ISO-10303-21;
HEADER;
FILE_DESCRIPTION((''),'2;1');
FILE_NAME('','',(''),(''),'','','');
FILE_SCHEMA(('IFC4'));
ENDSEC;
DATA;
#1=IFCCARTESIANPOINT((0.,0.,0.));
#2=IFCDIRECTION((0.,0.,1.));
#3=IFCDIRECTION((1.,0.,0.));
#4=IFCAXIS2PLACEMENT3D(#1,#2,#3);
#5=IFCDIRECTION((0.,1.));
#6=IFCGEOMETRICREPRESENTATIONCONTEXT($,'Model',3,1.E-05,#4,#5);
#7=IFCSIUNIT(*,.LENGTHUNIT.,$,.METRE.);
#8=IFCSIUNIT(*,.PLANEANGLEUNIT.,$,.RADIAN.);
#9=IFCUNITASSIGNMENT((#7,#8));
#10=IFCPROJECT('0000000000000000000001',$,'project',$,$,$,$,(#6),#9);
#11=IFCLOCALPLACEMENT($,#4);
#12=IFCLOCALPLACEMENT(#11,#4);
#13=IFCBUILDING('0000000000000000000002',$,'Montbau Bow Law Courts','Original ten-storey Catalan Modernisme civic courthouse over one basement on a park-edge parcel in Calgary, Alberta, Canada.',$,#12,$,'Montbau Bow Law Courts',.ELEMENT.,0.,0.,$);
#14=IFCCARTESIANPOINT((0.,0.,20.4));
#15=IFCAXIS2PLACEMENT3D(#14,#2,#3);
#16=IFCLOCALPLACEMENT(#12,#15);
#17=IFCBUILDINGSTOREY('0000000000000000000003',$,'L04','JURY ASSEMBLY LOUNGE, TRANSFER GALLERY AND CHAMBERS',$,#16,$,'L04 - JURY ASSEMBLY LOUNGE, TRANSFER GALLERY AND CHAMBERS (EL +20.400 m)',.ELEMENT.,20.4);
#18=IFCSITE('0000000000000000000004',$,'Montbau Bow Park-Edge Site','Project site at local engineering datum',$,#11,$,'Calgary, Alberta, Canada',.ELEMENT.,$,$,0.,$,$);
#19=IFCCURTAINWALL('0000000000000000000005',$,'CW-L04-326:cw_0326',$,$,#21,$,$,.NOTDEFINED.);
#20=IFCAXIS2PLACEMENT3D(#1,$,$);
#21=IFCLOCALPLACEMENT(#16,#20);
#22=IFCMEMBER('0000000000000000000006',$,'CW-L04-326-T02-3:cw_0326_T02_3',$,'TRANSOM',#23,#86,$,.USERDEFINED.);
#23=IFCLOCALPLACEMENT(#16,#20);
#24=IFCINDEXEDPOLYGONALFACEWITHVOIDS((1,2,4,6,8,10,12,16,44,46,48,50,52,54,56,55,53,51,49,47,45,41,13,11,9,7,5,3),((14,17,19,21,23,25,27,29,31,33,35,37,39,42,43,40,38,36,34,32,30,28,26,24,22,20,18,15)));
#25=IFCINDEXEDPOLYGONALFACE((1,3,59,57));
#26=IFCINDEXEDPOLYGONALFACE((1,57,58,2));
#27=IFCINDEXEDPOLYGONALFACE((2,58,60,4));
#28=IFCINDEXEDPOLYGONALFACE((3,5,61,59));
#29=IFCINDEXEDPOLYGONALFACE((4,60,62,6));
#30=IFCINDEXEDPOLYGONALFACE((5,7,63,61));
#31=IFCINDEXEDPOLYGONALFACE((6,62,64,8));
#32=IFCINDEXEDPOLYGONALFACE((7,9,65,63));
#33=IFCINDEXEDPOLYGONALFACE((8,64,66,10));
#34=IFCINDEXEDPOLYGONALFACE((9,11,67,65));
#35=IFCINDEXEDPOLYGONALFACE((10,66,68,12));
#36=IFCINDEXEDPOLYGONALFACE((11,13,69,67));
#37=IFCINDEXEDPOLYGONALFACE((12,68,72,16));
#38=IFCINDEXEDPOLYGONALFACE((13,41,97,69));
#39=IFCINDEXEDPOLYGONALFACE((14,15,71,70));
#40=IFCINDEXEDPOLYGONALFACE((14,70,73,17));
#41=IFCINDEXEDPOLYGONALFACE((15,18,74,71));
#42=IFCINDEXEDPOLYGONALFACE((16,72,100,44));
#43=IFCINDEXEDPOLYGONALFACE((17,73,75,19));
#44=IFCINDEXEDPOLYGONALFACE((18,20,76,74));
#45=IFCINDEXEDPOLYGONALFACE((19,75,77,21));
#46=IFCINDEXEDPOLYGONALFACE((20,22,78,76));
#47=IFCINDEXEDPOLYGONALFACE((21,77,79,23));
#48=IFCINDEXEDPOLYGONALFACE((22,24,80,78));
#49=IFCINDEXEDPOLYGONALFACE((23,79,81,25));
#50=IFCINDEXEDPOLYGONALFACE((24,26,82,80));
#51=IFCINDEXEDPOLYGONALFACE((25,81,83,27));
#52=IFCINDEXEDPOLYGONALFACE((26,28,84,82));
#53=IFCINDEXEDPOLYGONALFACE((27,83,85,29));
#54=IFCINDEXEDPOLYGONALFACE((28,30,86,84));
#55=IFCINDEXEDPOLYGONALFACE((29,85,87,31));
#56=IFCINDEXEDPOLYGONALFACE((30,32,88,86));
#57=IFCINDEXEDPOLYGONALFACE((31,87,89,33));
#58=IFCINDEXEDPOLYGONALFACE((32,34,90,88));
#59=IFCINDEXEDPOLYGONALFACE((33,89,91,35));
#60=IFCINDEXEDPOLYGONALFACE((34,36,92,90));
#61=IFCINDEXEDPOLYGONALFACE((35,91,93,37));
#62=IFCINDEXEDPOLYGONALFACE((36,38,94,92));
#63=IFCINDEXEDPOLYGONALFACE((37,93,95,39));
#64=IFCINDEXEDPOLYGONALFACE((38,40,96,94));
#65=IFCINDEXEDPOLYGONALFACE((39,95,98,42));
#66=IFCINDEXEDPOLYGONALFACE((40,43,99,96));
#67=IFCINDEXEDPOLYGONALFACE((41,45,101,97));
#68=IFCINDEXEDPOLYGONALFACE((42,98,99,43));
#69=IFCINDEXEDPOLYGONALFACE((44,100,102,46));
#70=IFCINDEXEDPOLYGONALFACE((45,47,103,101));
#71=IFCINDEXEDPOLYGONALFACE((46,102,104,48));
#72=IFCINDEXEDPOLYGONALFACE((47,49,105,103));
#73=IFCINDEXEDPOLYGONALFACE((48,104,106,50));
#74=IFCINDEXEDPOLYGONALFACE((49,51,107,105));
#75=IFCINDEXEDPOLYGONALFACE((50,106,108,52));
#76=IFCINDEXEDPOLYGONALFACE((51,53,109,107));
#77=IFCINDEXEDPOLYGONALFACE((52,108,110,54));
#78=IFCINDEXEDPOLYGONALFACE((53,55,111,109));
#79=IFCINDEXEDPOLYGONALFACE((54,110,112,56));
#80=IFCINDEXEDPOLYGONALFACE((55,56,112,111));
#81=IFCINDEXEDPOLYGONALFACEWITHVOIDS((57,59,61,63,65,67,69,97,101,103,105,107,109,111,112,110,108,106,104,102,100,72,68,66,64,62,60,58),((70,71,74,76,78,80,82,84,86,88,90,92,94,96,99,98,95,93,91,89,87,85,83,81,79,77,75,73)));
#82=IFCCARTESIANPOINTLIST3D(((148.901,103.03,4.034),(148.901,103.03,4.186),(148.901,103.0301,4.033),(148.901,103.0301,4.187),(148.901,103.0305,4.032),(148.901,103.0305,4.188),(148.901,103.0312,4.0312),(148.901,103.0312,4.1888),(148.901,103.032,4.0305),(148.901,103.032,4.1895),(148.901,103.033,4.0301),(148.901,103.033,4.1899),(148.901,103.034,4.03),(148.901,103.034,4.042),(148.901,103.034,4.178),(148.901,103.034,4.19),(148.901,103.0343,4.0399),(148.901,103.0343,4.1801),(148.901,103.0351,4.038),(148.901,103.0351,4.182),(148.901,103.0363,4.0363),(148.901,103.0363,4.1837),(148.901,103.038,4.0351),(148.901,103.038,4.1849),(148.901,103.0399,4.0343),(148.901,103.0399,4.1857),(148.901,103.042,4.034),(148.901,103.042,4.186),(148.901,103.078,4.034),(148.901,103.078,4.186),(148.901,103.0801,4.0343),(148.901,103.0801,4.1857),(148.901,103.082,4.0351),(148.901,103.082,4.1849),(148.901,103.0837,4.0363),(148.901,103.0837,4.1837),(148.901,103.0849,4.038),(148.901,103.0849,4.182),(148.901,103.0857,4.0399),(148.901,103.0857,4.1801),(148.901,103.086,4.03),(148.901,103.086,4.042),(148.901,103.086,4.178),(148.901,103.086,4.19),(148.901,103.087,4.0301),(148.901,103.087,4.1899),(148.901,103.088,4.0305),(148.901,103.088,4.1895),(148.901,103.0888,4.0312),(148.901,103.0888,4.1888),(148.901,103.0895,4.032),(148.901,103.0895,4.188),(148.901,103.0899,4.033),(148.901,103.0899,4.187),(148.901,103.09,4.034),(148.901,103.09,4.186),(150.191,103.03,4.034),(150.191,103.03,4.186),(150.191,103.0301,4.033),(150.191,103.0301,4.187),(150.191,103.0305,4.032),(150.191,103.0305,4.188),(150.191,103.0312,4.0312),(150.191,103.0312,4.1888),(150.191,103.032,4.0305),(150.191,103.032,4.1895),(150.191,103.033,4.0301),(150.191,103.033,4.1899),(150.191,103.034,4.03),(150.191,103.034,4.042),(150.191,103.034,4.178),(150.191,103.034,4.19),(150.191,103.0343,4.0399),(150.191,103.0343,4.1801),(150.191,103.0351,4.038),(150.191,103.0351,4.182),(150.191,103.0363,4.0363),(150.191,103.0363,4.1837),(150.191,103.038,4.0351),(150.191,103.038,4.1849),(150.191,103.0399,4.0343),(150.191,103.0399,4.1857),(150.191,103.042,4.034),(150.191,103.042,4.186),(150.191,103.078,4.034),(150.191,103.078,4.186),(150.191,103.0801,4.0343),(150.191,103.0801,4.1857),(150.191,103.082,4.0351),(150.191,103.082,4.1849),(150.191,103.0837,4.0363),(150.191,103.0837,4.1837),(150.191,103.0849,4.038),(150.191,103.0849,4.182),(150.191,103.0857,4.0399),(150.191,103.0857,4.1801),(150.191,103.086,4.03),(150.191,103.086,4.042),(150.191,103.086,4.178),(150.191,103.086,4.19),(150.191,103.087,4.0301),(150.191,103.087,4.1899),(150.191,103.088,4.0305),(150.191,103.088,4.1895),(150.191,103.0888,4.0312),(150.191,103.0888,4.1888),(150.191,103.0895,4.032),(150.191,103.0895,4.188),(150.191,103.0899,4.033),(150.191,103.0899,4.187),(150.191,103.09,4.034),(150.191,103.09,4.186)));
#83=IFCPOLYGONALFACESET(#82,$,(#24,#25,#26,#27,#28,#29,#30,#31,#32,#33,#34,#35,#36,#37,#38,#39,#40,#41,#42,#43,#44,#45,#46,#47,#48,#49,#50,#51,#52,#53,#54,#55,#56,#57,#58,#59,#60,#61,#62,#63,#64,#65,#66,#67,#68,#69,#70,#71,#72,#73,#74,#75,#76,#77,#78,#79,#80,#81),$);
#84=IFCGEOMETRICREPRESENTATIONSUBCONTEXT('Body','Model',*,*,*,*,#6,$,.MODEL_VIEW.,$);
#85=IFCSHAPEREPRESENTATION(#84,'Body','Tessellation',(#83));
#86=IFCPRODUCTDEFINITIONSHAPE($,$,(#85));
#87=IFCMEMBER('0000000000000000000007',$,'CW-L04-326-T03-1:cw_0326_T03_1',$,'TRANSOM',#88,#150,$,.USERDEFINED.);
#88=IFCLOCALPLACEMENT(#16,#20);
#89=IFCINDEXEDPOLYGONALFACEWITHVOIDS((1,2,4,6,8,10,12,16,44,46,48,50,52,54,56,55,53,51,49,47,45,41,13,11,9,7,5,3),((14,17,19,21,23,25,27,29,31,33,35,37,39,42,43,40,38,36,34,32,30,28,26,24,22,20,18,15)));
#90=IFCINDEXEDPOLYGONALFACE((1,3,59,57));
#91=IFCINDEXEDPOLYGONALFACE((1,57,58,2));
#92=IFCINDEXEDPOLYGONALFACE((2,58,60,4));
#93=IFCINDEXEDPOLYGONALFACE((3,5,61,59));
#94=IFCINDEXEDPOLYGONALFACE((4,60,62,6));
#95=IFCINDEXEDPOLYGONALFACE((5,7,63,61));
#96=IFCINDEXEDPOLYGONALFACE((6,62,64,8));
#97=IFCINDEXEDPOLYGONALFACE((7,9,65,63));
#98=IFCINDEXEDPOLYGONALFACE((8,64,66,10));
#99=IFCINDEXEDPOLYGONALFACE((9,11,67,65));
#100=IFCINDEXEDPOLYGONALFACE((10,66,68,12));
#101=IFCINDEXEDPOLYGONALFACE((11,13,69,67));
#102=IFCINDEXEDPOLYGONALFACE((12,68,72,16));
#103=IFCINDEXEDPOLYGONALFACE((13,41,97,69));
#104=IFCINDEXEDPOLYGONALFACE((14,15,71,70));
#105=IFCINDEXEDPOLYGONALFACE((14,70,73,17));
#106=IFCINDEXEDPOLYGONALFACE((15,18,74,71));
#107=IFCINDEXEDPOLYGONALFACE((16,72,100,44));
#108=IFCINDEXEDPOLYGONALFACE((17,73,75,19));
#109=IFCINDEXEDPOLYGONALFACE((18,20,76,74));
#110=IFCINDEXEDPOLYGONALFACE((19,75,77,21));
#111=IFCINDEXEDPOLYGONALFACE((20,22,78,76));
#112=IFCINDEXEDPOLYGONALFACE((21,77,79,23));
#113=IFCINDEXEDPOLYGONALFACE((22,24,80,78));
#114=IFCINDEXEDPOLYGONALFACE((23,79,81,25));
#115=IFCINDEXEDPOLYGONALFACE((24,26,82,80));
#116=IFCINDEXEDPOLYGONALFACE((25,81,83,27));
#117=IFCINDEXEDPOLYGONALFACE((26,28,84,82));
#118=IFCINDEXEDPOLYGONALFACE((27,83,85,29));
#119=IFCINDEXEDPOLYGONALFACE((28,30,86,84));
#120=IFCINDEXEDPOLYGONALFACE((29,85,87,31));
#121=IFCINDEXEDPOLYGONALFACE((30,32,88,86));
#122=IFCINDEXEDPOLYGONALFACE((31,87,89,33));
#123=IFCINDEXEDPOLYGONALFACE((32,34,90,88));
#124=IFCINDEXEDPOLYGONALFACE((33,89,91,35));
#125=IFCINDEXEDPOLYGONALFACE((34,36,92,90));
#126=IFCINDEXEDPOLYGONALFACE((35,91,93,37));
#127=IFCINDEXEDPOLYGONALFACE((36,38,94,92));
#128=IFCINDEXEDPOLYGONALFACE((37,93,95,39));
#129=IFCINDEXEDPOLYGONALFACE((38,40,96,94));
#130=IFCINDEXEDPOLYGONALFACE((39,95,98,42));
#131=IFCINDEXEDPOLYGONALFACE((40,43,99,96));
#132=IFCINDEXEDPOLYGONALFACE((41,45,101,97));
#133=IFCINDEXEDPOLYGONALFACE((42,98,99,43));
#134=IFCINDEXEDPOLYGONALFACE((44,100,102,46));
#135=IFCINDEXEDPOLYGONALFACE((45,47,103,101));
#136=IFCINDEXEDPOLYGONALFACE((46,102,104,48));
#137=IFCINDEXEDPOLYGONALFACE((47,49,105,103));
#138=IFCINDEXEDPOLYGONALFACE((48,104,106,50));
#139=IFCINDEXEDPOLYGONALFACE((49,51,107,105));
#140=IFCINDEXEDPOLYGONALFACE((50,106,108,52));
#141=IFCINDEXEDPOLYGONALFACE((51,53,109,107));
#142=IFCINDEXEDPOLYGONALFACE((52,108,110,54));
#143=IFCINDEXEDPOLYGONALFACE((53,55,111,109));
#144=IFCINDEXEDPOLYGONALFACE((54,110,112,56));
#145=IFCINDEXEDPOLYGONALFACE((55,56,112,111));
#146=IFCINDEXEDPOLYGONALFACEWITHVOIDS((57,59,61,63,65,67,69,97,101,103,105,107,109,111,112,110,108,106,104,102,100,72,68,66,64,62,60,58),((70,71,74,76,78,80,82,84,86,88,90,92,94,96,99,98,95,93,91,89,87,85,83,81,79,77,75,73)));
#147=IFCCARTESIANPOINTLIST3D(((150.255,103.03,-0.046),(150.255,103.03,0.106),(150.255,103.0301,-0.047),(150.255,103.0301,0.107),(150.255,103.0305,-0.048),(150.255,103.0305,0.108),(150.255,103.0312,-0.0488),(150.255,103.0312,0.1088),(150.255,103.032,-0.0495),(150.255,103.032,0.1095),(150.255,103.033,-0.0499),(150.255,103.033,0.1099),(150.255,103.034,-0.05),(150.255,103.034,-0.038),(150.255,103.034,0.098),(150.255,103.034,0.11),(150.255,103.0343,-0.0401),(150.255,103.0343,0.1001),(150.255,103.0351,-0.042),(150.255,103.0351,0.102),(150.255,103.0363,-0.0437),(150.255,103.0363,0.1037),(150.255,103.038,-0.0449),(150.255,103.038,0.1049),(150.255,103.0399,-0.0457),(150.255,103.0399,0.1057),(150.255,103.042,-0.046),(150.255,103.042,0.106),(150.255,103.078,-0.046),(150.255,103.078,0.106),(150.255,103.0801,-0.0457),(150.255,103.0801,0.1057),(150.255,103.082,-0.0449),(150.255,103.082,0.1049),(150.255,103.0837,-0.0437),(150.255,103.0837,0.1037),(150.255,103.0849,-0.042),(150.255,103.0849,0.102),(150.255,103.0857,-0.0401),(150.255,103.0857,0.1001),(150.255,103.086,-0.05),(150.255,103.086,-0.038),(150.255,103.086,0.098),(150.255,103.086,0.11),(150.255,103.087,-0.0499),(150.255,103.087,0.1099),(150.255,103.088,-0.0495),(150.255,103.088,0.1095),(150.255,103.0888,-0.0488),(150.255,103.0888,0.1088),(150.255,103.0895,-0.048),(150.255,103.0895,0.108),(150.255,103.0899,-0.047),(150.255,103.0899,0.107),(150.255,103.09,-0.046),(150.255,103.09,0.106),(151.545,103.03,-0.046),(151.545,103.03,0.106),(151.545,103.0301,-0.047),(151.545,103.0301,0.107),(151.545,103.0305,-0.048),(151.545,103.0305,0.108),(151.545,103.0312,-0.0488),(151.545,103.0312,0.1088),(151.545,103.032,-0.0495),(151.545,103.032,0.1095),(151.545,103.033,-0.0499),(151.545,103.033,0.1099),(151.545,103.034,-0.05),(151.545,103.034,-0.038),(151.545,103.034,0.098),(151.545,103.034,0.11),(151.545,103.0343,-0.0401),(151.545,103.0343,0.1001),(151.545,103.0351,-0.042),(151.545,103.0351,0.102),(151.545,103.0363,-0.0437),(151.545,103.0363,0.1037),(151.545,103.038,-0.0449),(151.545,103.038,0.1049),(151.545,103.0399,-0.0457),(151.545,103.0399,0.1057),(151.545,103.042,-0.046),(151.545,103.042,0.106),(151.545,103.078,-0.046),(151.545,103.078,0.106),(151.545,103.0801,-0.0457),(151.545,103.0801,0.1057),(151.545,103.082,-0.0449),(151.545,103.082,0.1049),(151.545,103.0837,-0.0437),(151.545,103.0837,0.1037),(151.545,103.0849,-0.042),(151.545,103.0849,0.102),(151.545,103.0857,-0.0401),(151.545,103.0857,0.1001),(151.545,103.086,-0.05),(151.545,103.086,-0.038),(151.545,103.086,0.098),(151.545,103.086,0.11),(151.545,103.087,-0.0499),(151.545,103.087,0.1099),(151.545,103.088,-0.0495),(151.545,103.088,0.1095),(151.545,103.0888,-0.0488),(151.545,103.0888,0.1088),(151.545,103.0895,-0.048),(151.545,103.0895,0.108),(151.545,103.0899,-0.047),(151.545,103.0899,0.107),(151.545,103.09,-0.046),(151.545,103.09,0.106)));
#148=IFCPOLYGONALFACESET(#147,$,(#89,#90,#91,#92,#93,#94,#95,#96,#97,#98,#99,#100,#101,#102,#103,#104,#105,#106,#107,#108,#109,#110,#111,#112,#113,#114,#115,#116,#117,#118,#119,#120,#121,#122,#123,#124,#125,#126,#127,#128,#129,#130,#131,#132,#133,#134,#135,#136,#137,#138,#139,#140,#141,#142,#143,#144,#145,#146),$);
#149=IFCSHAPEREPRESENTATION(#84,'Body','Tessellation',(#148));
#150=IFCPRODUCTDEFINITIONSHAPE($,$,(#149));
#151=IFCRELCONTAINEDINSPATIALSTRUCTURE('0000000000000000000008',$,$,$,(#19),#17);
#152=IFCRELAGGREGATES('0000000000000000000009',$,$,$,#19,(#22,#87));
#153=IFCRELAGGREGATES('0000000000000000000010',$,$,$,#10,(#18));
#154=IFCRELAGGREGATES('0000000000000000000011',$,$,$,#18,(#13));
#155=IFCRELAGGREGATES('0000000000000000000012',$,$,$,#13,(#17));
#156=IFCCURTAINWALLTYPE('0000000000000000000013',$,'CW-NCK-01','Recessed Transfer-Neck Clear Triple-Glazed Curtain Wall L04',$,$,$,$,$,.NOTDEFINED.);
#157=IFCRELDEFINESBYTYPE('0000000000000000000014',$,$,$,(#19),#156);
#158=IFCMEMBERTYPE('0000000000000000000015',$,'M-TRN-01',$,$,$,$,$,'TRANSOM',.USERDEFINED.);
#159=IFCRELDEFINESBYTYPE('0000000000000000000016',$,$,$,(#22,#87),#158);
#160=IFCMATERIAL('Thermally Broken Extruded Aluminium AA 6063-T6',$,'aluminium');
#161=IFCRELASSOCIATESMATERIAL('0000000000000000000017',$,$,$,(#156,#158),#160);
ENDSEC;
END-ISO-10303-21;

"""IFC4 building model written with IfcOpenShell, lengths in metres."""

from ifc_helpers import new_model, si_unit, direction, frame, origin_with_axes, origin_2d_with_axis, place, context, subcontext, project, spatial, hollow_rectangle, extrude, material, material_profile, profile_set, type_object, element, aggregate, save


model = new_model("IFC4")

# Units and contexts
model_context = context("Model", 3, precision=1e-05, world=origin_with_axes(), true_north=direction((0.0, 1.0)))
body_context = subcontext(model_context, "Body", "Model", "MODEL_VIEW")
ifc_project = project(units=[si_unit("LENGTHUNIT", "METRE"), si_unit("PLANEANGLEUNIT", "RADIAN")], contexts=[model_context])

# Site, building, storey
site_placement = place(None, origin_with_axes())
site = spatial("IfcSite", under=ifc_project, at=site_placement, Name="Montbau Bow Park-Edge Site", Description="Project site at local engineering datum", LongName="Calgary, Alberta, Canada", CompositionType="ELEMENT", RefElevation=0.0)
building_placement = place(site_placement, origin_with_axes())
building = spatial("IfcBuilding", under=site, at=building_placement, Name="Montbau Bow Law Courts", Description="Original ten-storey Catalan Modernisme civic courthouse over one basement on a park-edge parcel in Calgary, Alberta, Canada.", LongName="Montbau Bow Law Courts", CompositionType="ELEMENT", ElevationOfRefHeight=0.0, ElevationOfTerrain=0.0)
storey_placement = place(building_placement, frame((0.0, 0.0, 20.4), z_axis=(0.0, 0.0, 1.0), x_axis=(1.0, 0.0, 0.0)))
storey = spatial("IfcBuildingStorey", under=building, at=storey_placement, Name="L04", Description="JURY ASSEMBLY LOUNGE, TRANSFER GALLERY AND CHAMBERS", LongName="L04 - JURY ASSEMBLY LOUNGE, TRANSFER GALLERY AND CHAMBERS (EL +20.400 m)", CompositionType="ELEMENT", Elevation=20.4)

# Curtain wall, members
ifc_material_1 = material(Name="Thermally Broken Extruded Aluminium AA 6063-T6", Category="aluminium")
curtain_wall_type = type_object("IfcCurtainWallType", Name="CW-NCK-01", Description="Recessed Transfer-Neck Clear Triple-Glazed Curtain Wall L04", PredefinedType="NOTDEFINED", material=ifc_material_1)
curtain_wall_placement = place(None, frame((147.515, 103.06, 20.4), z_axis=(0.0, 0.0, 1.0), x_axis=(1.0, 0.0, 0.0)))
curtain_wall = element("IfcCurtainWall", 1, at=curtain_wall_placement, inside=storey, type_object=curtain_wall_type, Name="CW-L04-326:cw_0326", PredefinedType="NOTDEFINED")
ifc_material_profile_1 = material_profile(ifc_material_1, hollow_rectangle(XDim=0.06, YDim=0.16, WallThickness=0.004, InnerFilletRadius=0.008, OuterFilletRadius=0.004, at=origin_2d_with_axis()), Name="CWT-160X60", Category="Main", Priority=0)
ifc_profile_set_1 = profile_set([ifc_material_profile_1], Name="Thermally Broken Extruded Aluminium AA 6063-T6")
member_type_1 = type_object("IfcMemberType", Name="M-TRN-01", ElementType="TRANSOM", PredefinedType="USERDEFINED", material=ifc_profile_set_1)
member_1_placement = place(None, frame((148.901, 103.06, 24.51), z_axis=(1.0, 0.0, 0.0), x_axis=(0.0, 1.0, 0.0)))
member_1 = element("IfcMember", 2, at=member_1_placement, type_object=member_type_1, Name="CW-L04-326-T02-3:cw_0326_T02_3", ObjectType="TRANSOM", PredefinedType="USERDEFINED", context=body_context, shape_type="SweptSolid", body=[
    extrude(hollow_rectangle(XDim=0.06, YDim=0.16, WallThickness=0.004, InnerFilletRadius=0.008, OuterFilletRadius=0.004, at=origin_2d_with_axis()), origin_with_axes(), (0.0, 0.0, 1.0), 1.29),
])
member_2_placement = place(None, frame((150.255, 103.06, 20.43), z_axis=(1.0, 0.0, 0.0), x_axis=(0.0, 1.0, 0.0)))
member_2 = element("IfcMember", 3, at=member_2_placement, type_object=member_type_1, Name="CW-L04-326-T03-1:cw_0326_T03_1", ObjectType="TRANSOM", PredefinedType="USERDEFINED", context=body_context, shape_type="SweptSolid", body=[
    extrude(hollow_rectangle(XDim=0.06, YDim=0.16, WallThickness=0.004, InnerFilletRadius=0.008, OuterFilletRadius=0.004, at=origin_2d_with_axis()), origin_with_axes(), (0.0, 0.0, 1.0), 1.29),
])
aggregate(curtain_wall, [member_1, member_2])

save(model, "model.ifc")
